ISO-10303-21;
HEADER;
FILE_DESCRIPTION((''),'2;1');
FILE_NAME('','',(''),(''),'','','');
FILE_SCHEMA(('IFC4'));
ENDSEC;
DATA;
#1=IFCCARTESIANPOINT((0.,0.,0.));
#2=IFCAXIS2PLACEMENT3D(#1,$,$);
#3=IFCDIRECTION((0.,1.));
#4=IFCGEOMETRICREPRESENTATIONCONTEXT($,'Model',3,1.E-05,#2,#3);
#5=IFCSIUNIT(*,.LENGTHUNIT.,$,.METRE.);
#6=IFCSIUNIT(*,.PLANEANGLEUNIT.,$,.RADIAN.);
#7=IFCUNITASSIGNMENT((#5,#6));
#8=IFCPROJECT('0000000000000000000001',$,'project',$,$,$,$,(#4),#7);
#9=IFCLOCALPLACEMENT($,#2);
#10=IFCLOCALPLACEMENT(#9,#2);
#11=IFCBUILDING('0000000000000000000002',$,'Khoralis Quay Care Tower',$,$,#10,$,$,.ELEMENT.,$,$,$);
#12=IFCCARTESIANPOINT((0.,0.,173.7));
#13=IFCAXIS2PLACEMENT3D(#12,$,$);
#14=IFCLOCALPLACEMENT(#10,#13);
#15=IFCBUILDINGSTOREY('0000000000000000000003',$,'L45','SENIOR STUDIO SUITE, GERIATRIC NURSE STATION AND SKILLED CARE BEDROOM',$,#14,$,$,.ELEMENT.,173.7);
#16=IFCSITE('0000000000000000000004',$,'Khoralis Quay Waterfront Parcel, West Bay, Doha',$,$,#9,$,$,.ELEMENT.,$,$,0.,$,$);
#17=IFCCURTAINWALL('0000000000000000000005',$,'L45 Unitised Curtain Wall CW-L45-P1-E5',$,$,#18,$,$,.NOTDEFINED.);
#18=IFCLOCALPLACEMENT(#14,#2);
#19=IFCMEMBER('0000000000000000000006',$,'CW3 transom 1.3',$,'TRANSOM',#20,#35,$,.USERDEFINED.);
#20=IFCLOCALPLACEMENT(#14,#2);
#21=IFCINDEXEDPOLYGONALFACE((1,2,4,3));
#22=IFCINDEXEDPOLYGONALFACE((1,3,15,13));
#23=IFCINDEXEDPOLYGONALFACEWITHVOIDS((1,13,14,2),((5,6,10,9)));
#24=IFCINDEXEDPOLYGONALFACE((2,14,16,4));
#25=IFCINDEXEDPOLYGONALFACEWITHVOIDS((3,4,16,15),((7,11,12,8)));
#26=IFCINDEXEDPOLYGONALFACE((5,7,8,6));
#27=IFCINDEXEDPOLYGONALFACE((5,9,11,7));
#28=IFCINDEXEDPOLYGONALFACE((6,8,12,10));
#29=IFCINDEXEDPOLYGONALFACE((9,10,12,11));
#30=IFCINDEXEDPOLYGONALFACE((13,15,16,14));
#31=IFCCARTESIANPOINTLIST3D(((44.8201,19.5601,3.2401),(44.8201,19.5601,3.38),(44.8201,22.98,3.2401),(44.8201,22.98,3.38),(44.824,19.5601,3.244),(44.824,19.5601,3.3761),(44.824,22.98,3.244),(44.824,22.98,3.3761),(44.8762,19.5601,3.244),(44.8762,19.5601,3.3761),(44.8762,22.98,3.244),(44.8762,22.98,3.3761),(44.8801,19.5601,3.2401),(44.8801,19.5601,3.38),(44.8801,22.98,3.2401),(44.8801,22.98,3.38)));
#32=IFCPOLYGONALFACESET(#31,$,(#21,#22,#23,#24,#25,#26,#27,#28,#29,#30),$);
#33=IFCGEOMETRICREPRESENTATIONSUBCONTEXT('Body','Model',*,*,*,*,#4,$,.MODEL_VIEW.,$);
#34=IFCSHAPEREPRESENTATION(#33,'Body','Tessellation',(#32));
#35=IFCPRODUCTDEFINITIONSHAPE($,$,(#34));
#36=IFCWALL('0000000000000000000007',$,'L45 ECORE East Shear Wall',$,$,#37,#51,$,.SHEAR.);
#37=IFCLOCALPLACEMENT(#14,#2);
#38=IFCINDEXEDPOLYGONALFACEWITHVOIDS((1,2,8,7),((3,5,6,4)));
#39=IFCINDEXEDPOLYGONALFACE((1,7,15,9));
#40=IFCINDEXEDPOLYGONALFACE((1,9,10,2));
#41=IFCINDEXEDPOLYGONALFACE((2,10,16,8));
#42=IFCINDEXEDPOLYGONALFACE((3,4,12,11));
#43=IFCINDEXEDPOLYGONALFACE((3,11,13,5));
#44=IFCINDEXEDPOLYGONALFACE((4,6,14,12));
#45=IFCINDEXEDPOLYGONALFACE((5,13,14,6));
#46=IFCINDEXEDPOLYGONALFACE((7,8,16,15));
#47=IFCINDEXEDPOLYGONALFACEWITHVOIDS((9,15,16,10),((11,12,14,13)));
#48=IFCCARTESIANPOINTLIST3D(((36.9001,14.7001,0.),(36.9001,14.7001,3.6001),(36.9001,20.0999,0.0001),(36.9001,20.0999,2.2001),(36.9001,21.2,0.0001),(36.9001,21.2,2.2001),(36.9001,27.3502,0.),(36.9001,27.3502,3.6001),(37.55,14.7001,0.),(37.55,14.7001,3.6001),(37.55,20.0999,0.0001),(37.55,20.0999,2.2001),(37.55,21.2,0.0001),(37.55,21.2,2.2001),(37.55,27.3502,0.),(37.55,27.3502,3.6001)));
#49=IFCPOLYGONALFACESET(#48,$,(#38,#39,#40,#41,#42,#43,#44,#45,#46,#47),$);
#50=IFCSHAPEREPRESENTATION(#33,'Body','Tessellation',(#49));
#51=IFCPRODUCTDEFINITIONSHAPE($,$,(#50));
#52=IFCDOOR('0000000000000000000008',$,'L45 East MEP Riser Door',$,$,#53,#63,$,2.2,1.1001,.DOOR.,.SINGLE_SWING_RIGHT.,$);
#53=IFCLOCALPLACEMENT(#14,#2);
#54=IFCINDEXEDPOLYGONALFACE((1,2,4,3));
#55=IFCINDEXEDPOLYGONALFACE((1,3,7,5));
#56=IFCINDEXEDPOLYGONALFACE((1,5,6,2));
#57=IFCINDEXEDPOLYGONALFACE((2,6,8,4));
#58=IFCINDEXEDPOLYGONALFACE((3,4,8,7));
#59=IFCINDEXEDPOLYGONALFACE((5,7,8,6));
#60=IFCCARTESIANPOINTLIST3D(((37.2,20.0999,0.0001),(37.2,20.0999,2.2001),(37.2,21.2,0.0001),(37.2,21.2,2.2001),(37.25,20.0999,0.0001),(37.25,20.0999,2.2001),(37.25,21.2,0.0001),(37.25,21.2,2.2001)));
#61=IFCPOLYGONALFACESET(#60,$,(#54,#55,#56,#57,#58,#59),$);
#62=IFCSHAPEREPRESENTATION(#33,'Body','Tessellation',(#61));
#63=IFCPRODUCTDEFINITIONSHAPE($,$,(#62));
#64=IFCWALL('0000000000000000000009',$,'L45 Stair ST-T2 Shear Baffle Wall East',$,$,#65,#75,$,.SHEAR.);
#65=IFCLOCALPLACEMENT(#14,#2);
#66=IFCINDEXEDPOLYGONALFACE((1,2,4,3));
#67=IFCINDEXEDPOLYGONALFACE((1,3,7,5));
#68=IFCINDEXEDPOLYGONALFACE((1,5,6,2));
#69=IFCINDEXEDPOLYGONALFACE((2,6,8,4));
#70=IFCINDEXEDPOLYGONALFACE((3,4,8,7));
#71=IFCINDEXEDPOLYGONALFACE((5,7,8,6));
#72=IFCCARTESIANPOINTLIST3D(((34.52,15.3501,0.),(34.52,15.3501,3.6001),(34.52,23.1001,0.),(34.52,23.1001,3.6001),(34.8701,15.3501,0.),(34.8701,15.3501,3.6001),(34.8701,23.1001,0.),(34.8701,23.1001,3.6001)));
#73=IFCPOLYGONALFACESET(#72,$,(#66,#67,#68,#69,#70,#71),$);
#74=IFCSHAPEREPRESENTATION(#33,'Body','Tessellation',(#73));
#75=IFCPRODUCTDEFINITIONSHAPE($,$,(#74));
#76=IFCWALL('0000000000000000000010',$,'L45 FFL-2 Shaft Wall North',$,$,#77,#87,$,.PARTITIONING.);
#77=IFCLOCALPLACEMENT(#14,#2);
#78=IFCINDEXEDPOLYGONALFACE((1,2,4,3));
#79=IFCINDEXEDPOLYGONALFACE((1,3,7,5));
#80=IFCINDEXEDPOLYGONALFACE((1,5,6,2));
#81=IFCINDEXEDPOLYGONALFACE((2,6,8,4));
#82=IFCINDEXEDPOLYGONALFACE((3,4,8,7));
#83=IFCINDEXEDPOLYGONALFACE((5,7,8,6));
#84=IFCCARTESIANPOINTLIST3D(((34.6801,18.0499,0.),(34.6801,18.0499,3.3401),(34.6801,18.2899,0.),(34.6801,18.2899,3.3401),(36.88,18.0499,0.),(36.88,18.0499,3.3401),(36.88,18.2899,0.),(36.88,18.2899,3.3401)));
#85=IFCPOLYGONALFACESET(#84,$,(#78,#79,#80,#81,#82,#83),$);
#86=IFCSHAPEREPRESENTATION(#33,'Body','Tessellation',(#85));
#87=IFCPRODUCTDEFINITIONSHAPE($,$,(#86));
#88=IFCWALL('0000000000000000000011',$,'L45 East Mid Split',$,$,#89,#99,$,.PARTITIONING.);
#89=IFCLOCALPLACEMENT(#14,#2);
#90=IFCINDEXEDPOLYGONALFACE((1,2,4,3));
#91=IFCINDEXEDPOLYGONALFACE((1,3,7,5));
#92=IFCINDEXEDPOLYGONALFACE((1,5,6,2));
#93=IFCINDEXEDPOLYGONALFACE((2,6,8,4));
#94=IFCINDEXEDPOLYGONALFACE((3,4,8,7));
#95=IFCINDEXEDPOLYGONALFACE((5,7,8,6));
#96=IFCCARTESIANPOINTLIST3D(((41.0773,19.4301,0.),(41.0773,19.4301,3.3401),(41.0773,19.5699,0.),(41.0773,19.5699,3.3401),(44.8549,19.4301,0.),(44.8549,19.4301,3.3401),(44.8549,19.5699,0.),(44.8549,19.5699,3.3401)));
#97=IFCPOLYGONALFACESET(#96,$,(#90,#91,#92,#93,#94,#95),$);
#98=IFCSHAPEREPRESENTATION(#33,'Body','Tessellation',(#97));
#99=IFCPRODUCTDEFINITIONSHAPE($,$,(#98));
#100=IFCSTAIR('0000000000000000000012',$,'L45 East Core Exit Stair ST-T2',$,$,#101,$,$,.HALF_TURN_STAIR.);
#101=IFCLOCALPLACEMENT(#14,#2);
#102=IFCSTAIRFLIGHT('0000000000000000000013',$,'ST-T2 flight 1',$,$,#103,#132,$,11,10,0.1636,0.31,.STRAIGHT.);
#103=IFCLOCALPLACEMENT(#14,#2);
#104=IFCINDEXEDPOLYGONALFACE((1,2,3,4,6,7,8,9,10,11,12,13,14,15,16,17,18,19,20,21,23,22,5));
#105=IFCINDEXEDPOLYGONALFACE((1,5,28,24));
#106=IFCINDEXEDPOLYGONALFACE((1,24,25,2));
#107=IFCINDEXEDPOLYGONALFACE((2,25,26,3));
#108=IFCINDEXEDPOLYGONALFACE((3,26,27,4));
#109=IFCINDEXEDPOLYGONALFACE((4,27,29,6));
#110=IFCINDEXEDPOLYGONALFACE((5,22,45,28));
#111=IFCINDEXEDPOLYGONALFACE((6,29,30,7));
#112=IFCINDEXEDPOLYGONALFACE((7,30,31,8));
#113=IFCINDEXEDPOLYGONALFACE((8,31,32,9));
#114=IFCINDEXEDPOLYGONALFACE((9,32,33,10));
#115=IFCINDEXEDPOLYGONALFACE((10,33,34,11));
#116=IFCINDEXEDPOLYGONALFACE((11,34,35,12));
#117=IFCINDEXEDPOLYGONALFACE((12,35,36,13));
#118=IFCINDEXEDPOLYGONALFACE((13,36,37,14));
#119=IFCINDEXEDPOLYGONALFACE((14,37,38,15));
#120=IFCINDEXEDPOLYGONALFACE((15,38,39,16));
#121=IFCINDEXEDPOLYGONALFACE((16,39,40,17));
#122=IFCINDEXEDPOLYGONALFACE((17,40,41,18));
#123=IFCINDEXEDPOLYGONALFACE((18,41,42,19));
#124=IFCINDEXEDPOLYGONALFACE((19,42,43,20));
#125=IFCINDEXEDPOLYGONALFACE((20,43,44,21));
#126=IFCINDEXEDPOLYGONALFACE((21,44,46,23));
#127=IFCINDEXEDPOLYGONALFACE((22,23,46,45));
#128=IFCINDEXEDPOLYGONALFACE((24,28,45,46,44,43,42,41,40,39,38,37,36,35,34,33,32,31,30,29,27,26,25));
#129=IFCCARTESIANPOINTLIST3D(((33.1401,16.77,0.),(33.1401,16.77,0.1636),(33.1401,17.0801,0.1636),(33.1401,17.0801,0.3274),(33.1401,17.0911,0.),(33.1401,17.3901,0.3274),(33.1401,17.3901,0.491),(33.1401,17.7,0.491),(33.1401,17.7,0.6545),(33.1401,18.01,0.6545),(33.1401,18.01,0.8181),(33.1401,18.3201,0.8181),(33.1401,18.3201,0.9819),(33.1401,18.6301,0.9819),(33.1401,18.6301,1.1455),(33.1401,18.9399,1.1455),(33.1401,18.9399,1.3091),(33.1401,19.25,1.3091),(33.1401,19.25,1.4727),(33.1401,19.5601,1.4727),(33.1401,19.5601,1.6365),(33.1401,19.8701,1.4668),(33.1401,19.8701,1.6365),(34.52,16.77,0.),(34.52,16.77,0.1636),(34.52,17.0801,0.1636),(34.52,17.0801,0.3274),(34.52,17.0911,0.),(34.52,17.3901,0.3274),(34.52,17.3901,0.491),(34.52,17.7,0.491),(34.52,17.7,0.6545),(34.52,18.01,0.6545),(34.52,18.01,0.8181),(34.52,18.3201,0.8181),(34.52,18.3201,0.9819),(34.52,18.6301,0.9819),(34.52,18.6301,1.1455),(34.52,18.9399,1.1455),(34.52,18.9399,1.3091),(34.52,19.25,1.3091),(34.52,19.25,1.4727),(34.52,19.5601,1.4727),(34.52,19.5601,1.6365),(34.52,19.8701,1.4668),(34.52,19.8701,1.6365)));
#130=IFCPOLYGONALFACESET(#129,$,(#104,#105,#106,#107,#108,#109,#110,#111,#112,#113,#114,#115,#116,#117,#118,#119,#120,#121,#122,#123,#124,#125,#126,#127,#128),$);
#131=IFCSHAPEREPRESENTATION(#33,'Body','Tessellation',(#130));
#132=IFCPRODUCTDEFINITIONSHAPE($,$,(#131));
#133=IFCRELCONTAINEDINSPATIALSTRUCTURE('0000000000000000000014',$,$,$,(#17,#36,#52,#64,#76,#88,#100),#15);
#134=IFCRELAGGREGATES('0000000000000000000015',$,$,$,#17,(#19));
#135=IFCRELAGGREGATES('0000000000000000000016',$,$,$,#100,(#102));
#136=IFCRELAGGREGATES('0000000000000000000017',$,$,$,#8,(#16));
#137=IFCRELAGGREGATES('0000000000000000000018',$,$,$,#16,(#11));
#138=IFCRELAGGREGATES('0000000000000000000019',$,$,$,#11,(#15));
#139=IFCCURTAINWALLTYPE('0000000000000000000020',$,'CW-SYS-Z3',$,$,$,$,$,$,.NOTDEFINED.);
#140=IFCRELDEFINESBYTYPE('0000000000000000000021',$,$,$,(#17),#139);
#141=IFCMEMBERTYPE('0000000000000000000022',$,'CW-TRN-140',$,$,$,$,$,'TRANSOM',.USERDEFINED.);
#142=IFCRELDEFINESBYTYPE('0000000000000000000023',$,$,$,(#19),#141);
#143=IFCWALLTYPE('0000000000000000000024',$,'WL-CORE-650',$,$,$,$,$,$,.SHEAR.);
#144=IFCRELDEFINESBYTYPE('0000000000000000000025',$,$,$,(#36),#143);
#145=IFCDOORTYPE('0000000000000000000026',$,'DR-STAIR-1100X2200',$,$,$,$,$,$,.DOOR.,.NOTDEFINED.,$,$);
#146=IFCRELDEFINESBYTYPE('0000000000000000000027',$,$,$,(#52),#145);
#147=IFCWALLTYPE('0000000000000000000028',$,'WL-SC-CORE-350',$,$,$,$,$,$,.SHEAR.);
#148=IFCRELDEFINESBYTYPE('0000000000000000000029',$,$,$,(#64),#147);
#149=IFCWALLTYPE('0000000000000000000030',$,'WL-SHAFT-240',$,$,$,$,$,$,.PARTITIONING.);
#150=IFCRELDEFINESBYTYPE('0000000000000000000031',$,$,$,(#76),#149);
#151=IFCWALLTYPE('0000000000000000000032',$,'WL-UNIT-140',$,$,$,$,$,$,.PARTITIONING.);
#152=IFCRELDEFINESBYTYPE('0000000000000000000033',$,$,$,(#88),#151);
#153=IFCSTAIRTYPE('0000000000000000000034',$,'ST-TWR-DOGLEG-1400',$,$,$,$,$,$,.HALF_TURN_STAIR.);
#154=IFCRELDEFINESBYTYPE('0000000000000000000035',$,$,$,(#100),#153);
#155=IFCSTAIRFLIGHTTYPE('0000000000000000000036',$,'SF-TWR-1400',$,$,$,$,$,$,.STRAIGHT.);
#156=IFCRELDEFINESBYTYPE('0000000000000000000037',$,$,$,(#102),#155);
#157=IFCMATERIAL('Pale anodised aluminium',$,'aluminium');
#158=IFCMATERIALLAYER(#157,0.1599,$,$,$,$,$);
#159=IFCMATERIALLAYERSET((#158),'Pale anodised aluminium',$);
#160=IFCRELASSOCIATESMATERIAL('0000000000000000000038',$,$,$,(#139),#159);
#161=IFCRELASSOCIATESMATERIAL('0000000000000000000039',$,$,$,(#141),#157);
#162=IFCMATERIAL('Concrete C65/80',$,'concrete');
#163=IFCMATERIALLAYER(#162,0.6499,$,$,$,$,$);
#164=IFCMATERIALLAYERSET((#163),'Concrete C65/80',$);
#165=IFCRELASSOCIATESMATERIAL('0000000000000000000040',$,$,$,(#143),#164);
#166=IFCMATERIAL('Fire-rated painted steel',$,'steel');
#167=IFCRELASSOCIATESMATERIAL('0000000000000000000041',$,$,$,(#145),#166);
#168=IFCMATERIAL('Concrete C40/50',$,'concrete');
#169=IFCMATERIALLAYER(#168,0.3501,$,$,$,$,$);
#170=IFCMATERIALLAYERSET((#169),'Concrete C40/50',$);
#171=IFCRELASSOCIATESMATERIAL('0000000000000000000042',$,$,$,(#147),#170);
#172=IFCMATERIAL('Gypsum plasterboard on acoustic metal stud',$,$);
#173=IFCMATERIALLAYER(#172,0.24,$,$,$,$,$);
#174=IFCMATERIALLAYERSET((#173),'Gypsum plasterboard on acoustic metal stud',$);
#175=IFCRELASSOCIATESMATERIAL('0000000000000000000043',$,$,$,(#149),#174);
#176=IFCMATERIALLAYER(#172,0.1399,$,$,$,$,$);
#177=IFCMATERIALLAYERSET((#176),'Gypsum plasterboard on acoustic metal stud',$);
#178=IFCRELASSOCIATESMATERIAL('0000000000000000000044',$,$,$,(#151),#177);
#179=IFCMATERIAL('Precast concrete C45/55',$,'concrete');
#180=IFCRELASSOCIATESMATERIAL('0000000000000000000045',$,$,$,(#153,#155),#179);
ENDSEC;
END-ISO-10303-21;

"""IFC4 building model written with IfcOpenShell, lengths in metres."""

from ifc_helpers import new_model, si_unit, direction, frame, frame_2d, origin, origin_2d, place, context, subcontext, project, spatial, polyline, rectangle, hollow_rectangle, outline, extrude, source, transform, mapped, material, layer, layer_set, material_profile, profile_set, type_object, element, fill, aggregate, save


model = new_model("IFC4")

# Units and contexts
model_context = context("Model", 3, precision=1e-05, world=origin(), true_north=direction((0.0, 1.0)))
body_context = subcontext(model_context, "Body", "Model", "MODEL_VIEW")
ifc_project = project(units=[si_unit("LENGTHUNIT", "METRE"), si_unit("PLANEANGLEUNIT", "RADIAN")], contexts=[model_context])

# Site, building, storey
site_placement = place(None, origin())
site = spatial("IfcSite", under=ifc_project, at=site_placement, Name="Khoralis Quay Waterfront Parcel, West Bay, Doha", CompositionType="ELEMENT", RefElevation=0.0)
building_placement = place(site_placement, origin())
building = spatial("IfcBuilding", under=site, at=building_placement, Name="Khoralis Quay Care Tower", CompositionType="ELEMENT")
storey_placement = place(building_placement, frame((0.0, 0.0, 173.7)))
storey = spatial("IfcBuildingStorey", under=building, at=storey_placement, Name="L45", Description="SENIOR STUDIO SUITE, GERIATRIC NURSE STATION AND SKILLED CARE BEDROOM", CompositionType="ELEMENT", Elevation=173.7)

# Shared definitions
ifc_material_1 = material(Name="Concrete C65/80", Category="concrete")

# Curtain wall, member
ifc_material_2 = material(Name="Pale anodised aluminium", Category="aluminium")
ifc_layer_1 = layer(ifc_material_2, 0.1599)
ifc_layer_set_1 = layer_set([ifc_layer_1], Name="Pale anodised aluminium")
curtain_wall_type = type_object("IfcCurtainWallType", Name="CW-SYS-Z3", PredefinedType="NOTDEFINED", material=ifc_layer_set_1)
curtain_wall_placement = place(storey_placement, origin())
curtain_wall = element("IfcCurtainWall", 1, at=curtain_wall_placement, inside=storey, type_object=curtain_wall_type, Name="L45 Unitised Curtain Wall CW-L45-P1-E5", PredefinedType="NOTDEFINED")
ifc_material_profile_1 = material_profile(ifc_material_2, hollow_rectangle(XDim=0.0601, YDim=0.1399, WallThickness=0.0039, at=origin_2d()), Name="Pale anodised aluminium")
ifc_profile_set_1 = profile_set([ifc_material_profile_1], Name="Pale anodised aluminium")
member_type_1 = type_object("IfcMemberType", Name="CW-TRN-140", ElementType="TRANSOM", PredefinedType="USERDEFINED", material=ifc_profile_set_1)
shared_shape_1 = source(origin(), body_context, "Body", "SweptSolid", [
    extrude(hollow_rectangle(XDim=0.0601, YDim=0.1399, WallThickness=0.0039, at=origin_2d()), origin(), (0.0, 0.0, 1.0), 3.4199),
])
member_1_placement = place(storey_placement, frame((44.8501, 19.5601, 3.3101), z_axis=(0.0, 1.0, 0.0), x_axis=(-1.0, 0.0, 0.0)))
member_1 = element("IfcMember", 2, at=member_1_placement, type_object=member_type_1, Name="CW3 transom 1.3", ObjectType="TRANSOM", PredefinedType="USERDEFINED", context=body_context, shape_type="MappedRepresentation", body=[
    mapped(shared_shape_1, transform((0.0, 0.0, 0.0), scale=1.0)),
])
aggregate(curtain_wall, [member_1])

# Wall, opening, door
ifc_layer_2 = layer(ifc_material_1, 0.6499)
ifc_layer_set_2 = layer_set([ifc_layer_2], Name="Concrete C65/80")
wall_type_1 = type_object("IfcWallType", Name="WL-CORE-650", PredefinedType="SHEAR", material=ifc_layer_set_2)
wall_1_placement = place(storey_placement, frame((37.2251, 14.7, 0.0), z_axis=(0.0, 0.0, 1.0), x_axis=(0.0, 1.0, 0.0)))
wall_1 = element("IfcWall", 3, at=wall_1_placement, inside=storey, type_object=wall_type_1, Name="L45 ECORE East Shear Wall", PredefinedType="SHEAR", context=body_context, shape_type="SweptSolid", body=[
    extrude(rectangle(XDim=12.6501, YDim=0.6499, at=frame_2d((6.3252, 0.0))), origin(), (0.0, 0.0, 1.0), 3.6001),
])
opening_placement = place(wall_1_placement, frame((5.3999, 0.0, 0.0)))
opening = element("IfcOpeningElement", 4, at=opening_placement, cuts=wall_1, PredefinedType="OPENING", context=body_context, shape_type="SweptSolid", body=[
    extrude(rectangle(XDim=1.1001, YDim=2.2, at=frame_2d((0.55, 1.1001))), frame((0.0, 0.335, 0.0), z_axis=(0.0, -1.0, 0.0), x_axis=(1.0, 0.0, 0.0)), (0.0, 0.0, 1.0), 0.6699),
])
ifc_material_3 = material(Name="Fire-rated painted steel", Category="steel")
door_type = type_object("IfcDoorType", Name="DR-STAIR-1100X2200", OperationType="NOTDEFINED", PredefinedType="DOOR", material=ifc_material_3)
shared_shape_2 = source(origin(), body_context, "Body", "SweptSolid", [
    extrude(rectangle(XDim=1.1001, YDim=2.2, at=frame_2d((0.55, 1.1001))), frame((0.0, 0.0249, 0.0), z_axis=(0.0, -1.0, 0.0), x_axis=(1.0, 0.0, 0.0)), (0.0, 0.0, 1.0), 0.05),
])
door_placement = place(opening_placement, frame((1.1001, 0.0, 0.0), z_axis=(0.0, 0.0, 1.0), x_axis=(-1.0, 0.0, 0.0)))
door = element("IfcDoor", 5, at=door_placement, inside=storey, type_object=door_type, Name="L45 East MEP Riser Door", OperationType="SINGLE_SWING_RIGHT", OverallHeight=2.2, OverallWidth=1.1001, PredefinedType="DOOR", context=body_context, shape_type="MappedRepresentation", body=[
    mapped(shared_shape_2, transform((0.0, 0.0, 0.0), scale=1.0)),
])
fill(opening, door)

# Walls
ifc_material_4 = material(Name="Concrete C40/50", Category="concrete")
ifc_layer_3 = layer(ifc_material_4, 0.3501)
ifc_layer_set_3 = layer_set([ifc_layer_3], Name="Concrete C40/50")
wall_type_2 = type_object("IfcWallType", Name="WL-SC-CORE-350", PredefinedType="SHEAR", material=ifc_layer_set_3)
wall_2_placement = place(storey_placement, frame((34.6951, 15.3501, 0.0), z_axis=(0.0, 0.0, 1.0), x_axis=(0.0, 1.0, 0.0)))
element("IfcWall", 6, at=wall_2_placement, inside=storey, type_object=wall_type_2, Name="L45 Stair ST-T2 Shear Baffle Wall East", PredefinedType="SHEAR", context=body_context, shape_type="SweptSolid", body=[
    extrude(rectangle(XDim=7.75, YDim=0.3501, at=frame_2d((3.875, 0.0))), origin(), (0.0, 0.0, 1.0), 3.6001),
])
ifc_material_5 = material(Name="Gypsum plasterboard on acoustic metal stud")
ifc_layer_4 = layer(ifc_material_5, 0.24)
ifc_layer_set_4 = layer_set([ifc_layer_4], Name="Gypsum plasterboard on acoustic metal stud")
wall_type_3 = type_object("IfcWallType", Name="WL-SHAFT-240", PredefinedType="PARTITIONING", material=ifc_layer_set_4)
wall_3_placement = place(storey_placement, frame((34.6799, 18.1699, 0.0), z_axis=(0.0, 0.0, 1.0), x_axis=(1.0, 0.0, 0.0)))
element("IfcWall", 7, at=wall_3_placement, inside=storey, type_object=wall_type_3, Name="L45 FFL-2 Shaft Wall North", PredefinedType="PARTITIONING", context=body_context, shape_type="SweptSolid", body=[
    extrude(rectangle(XDim=2.2, YDim=0.24, at=frame_2d((1.1001, 0.0))), origin(), (0.0, 0.0, 1.0), 3.3401),
])
ifc_layer_5 = layer(ifc_material_5, 0.1399)
ifc_layer_set_5 = layer_set([ifc_layer_5], Name="Gypsum plasterboard on acoustic metal stud")
wall_type_4 = type_object("IfcWallType", Name="WL-UNIT-140", PredefinedType="PARTITIONING", material=ifc_layer_set_5)
wall_4_placement = place(storey_placement, frame((41.0774, 19.5, 0.0), z_axis=(0.0, 0.0, 1.0), x_axis=(1.0, 0.0, 0.0)))
element("IfcWall", 8, at=wall_4_placement, inside=storey, type_object=wall_type_4, Name="L45 East Mid Split", PredefinedType="PARTITIONING", context=body_context, shape_type="SweptSolid", body=[
    extrude(rectangle(XDim=3.7776, YDim=0.1399, at=frame_2d((1.8887, 0.0))), origin(), (0.0, 0.0, 1.0), 3.3401),
])

# Stair, stair flight
ifc_material_6 = material(Name="Precast concrete C45/55", Category="concrete")
stair_type = type_object("IfcStairType", Name="ST-TWR-DOGLEG-1400", PredefinedType="HALF_TURN_STAIR", material=ifc_material_6)
stair_placement = place(storey_placement, origin())
stair = element("IfcStair", 9, at=stair_placement, inside=storey, type_object=stair_type, Name="L45 East Core Exit Stair ST-T2", PredefinedType="HALF_TURN_STAIR")
stair_flight_type = type_object("IfcStairFlightType", Name="SF-TWR-1400", PredefinedType="STRAIGHT", material=ifc_material_6)
shared_shape_3 = source(origin(), body_context, "Body", "SweptSolid", [
    extrude(outline(polyline([(0.0, 0.0), (0.0, 0.1636), (0.3101, 0.1636), (0.3101, 0.3274), (0.6201, 0.3274), (0.6201, 0.491), (0.9299, 0.491), (0.9299, 0.6545), (1.24, 0.6545), (1.24, 0.8181), (1.55, 0.8181), (1.55, 0.9819), (1.8601, 0.9819), (1.8601, 1.1455), (2.1699, 1.1455), (2.1699, 1.3091), (2.48, 1.3091), (2.48, 1.4727), (2.79, 1.4727), (2.79, 1.6365), (3.1001, 1.6365), (3.1001, 1.8), (3.1001, 1.4668), (0.321, 0.0), (0.0, 0.0)])), frame((0.0, 0.6899, 0.0), z_axis=(0.0, -1.0, 0.0), x_axis=(1.0, 0.0, 0.0)), (0.0, 0.0, 1.0), 1.3799),
])
stair_flight_placement = place(storey_placement, frame((33.8301, 16.77, 0.0), z_axis=(0.0, 0.0, 1.0), x_axis=(0.0, 1.0, 0.0)))
stair_flight = element("IfcStairFlight", 10, at=stair_flight_placement, type_object=stair_flight_type, Name="ST-T2 flight 1", NumberOfRisers=11, NumberOfTreads=10, PredefinedType="STRAIGHT", RiserHeight=0.1636, TreadLength=0.31, context=body_context, shape_type="MappedRepresentation", body=[
    mapped(shared_shape_3, transform((0.0, 0.0, 0.0), scale=1.0)),
])
aggregate(stair, [stair_flight])

save(model, "model.ifc")
